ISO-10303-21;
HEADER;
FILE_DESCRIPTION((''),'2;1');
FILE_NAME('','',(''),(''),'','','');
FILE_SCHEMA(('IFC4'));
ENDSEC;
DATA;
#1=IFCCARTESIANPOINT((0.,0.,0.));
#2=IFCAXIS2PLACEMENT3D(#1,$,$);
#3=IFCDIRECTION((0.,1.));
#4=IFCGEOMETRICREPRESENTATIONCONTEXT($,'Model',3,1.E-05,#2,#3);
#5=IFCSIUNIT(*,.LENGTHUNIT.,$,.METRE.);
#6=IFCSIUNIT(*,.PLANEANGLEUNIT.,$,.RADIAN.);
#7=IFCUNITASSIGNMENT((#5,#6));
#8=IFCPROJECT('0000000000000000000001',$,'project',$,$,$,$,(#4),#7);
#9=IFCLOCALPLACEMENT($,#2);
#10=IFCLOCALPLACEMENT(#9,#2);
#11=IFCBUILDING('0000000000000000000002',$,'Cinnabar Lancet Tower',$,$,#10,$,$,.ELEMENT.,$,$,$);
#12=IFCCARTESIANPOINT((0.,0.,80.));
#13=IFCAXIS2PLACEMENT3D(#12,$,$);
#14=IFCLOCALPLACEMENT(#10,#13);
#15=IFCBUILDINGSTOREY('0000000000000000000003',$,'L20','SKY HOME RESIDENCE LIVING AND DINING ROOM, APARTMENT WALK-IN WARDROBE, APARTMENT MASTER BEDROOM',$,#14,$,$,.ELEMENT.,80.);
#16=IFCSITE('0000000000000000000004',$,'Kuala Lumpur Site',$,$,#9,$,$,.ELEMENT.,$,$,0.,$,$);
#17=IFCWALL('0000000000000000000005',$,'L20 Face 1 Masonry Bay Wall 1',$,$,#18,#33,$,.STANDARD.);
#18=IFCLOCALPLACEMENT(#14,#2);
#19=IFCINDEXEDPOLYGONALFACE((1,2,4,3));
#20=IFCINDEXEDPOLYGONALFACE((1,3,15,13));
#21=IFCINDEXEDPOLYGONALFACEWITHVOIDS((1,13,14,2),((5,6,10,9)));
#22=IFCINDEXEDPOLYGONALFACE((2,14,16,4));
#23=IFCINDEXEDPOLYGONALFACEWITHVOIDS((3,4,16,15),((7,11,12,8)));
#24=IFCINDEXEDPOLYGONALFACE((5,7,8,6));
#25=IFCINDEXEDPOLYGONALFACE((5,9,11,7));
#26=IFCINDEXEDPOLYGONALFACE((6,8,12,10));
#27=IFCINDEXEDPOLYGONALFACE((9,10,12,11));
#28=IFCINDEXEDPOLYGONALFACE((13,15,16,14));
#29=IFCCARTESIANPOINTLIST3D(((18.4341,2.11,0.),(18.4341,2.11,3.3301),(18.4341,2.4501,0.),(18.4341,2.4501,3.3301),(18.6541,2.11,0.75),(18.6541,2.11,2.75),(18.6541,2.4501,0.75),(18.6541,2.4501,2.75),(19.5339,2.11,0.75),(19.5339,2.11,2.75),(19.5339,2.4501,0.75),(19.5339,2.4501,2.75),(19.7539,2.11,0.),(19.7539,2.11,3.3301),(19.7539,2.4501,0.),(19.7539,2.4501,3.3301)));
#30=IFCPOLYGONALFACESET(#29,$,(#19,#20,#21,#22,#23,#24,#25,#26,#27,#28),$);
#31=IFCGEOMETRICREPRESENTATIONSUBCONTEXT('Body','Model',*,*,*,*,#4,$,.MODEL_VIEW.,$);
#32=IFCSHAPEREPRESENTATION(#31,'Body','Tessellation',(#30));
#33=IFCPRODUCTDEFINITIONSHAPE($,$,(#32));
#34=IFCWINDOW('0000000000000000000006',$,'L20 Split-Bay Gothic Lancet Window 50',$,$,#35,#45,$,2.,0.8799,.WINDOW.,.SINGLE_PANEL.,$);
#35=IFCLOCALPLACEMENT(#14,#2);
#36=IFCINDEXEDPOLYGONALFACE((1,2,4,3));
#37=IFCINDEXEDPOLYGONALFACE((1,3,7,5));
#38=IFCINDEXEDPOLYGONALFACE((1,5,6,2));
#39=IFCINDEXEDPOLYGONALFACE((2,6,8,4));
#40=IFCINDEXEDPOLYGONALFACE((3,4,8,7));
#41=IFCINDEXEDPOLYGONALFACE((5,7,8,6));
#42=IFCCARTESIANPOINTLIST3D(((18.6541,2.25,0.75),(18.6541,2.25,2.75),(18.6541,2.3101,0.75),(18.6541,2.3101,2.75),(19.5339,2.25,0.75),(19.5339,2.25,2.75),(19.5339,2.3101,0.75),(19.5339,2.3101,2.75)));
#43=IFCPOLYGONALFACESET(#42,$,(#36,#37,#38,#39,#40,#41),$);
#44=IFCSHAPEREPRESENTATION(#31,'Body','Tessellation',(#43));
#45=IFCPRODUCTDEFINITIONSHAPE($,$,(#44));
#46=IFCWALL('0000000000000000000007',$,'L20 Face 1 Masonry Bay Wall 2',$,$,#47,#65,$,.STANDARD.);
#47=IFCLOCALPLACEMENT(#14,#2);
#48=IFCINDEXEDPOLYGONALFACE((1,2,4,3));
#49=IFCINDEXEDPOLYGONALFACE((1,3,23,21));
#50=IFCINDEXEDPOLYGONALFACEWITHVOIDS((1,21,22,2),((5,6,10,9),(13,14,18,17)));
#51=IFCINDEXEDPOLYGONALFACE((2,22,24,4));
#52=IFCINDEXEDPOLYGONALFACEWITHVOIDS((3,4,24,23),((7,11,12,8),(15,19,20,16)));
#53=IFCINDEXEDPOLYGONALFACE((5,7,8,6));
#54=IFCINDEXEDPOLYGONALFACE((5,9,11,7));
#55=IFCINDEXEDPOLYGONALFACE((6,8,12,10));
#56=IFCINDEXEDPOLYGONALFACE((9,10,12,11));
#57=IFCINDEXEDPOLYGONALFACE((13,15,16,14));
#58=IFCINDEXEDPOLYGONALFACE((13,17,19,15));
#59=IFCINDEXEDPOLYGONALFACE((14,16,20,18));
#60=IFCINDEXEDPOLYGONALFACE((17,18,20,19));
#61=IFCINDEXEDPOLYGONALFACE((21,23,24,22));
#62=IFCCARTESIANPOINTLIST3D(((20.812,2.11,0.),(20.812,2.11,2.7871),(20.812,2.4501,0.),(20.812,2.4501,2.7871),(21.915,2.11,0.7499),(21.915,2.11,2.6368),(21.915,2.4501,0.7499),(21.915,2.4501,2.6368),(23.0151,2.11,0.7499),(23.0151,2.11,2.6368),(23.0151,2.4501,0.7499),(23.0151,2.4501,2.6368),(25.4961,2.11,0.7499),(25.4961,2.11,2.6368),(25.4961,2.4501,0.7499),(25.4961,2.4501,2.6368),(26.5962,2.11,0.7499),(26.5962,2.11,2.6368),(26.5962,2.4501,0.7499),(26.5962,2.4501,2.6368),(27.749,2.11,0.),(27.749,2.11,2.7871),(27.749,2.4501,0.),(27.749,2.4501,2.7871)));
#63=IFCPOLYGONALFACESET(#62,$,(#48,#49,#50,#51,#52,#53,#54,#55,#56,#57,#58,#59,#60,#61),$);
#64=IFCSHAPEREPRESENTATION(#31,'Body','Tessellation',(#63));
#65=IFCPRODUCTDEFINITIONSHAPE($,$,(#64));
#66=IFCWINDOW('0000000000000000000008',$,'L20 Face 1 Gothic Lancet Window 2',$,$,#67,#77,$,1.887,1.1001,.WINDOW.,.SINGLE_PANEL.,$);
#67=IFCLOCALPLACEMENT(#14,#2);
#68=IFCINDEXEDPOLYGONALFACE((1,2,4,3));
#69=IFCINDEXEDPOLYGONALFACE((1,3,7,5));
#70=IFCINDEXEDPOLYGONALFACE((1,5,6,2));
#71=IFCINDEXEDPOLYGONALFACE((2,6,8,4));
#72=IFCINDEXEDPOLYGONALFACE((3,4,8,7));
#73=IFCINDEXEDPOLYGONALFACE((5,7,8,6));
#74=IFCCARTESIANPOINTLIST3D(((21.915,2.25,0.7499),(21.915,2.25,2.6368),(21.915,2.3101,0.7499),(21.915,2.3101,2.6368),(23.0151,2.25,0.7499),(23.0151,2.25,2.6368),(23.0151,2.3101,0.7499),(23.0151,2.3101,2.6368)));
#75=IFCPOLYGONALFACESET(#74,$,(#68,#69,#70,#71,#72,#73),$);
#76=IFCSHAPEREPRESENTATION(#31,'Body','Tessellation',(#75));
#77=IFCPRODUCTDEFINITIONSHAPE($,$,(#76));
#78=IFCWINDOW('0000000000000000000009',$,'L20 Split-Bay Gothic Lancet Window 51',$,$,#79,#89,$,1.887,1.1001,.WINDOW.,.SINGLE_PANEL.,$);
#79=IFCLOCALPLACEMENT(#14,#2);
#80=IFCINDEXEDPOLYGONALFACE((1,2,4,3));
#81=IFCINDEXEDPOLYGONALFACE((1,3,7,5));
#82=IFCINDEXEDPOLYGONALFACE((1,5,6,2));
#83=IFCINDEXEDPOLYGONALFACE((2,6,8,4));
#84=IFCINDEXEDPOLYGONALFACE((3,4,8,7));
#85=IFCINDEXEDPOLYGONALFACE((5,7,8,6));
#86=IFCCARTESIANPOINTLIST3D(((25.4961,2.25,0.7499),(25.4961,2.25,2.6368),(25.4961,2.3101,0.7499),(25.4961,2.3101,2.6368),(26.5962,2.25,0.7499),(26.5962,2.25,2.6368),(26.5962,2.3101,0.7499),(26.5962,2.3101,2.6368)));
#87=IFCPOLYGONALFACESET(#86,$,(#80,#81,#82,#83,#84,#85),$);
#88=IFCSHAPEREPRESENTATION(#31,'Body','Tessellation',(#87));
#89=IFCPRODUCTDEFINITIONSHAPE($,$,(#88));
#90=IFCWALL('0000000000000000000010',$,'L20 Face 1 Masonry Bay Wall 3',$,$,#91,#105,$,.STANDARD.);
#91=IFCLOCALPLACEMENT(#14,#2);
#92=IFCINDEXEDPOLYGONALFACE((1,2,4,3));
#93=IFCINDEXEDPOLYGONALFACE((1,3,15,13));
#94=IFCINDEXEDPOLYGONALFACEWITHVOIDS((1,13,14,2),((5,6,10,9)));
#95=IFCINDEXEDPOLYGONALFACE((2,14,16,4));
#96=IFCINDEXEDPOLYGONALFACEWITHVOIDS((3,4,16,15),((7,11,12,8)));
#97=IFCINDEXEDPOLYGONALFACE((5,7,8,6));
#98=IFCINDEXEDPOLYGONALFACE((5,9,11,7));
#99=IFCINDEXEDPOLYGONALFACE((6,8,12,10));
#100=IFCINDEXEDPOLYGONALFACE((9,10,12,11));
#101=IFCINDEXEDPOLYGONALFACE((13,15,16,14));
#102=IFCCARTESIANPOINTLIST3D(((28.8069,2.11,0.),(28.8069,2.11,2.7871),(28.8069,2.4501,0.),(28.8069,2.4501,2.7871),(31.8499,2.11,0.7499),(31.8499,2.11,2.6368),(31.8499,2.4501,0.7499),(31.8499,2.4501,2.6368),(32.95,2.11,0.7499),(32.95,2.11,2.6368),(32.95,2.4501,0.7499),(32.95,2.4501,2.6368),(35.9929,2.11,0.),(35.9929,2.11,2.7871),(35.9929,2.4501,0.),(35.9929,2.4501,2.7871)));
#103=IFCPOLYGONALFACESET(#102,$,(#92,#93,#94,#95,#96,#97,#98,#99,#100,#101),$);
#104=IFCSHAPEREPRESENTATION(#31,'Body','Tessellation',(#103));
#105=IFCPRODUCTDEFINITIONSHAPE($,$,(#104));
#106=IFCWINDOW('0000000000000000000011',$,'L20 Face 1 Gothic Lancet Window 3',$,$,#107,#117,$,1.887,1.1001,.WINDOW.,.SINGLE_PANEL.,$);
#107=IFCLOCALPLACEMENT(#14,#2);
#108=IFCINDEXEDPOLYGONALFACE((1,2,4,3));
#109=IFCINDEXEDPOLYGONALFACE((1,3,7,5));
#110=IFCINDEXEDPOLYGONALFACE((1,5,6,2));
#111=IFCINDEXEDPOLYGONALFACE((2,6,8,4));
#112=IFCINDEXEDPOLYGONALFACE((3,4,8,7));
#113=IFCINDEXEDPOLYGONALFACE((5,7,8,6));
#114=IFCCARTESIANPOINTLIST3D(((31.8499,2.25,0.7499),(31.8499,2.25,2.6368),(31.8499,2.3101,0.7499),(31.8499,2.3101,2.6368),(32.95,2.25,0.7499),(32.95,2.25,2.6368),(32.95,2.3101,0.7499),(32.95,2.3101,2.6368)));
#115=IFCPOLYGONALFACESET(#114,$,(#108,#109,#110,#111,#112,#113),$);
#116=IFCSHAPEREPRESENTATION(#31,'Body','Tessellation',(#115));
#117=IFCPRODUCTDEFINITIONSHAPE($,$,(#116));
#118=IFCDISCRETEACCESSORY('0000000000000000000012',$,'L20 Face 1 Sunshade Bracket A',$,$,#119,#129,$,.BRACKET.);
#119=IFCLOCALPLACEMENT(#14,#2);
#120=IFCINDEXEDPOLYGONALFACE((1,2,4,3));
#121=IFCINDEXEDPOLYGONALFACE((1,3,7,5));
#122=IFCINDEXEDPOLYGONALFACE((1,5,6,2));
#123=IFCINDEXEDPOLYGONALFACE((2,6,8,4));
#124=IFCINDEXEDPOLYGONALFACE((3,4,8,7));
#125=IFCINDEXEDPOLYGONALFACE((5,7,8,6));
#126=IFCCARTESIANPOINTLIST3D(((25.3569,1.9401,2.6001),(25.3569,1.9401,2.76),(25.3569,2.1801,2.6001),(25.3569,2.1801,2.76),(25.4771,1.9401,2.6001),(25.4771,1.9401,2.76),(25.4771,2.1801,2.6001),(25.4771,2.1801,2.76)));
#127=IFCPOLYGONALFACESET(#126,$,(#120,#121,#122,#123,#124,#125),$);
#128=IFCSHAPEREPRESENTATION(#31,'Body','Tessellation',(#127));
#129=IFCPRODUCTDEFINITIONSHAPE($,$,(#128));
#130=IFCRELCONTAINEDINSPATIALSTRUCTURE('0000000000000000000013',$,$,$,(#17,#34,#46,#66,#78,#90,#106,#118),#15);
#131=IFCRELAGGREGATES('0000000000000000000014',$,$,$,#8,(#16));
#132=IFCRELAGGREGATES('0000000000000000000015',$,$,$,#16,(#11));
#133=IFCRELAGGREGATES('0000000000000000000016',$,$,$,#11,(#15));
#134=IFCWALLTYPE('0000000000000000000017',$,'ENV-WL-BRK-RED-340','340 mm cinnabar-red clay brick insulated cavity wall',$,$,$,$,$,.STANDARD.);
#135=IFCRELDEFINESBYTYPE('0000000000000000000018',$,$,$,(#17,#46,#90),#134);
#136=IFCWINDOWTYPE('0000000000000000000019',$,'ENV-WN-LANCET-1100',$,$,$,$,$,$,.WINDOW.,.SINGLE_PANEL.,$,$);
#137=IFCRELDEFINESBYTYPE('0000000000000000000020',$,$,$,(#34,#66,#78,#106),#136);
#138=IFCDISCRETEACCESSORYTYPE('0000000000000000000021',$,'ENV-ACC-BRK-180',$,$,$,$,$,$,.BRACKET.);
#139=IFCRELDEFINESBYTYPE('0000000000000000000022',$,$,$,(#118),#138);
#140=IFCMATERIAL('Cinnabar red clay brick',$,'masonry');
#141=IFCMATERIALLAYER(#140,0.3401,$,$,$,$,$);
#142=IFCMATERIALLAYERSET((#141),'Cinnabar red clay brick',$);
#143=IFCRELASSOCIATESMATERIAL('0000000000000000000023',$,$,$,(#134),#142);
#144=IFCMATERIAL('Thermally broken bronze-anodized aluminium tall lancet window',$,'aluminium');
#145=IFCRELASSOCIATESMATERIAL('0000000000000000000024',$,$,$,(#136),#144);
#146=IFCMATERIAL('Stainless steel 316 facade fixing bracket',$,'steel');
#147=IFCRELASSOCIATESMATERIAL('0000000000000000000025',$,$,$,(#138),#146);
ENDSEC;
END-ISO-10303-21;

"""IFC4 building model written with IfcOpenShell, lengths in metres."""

from ifc_helpers import new_model, si_unit, direction, frame, frame_2d, origin, origin_2d, place, context, subcontext, project, spatial, rectangle, extrude, material, layer, layer_set, type_object, element, fill, save


model = new_model("IFC4")

# Units and contexts
model_context = context("Model", 3, precision=1e-05, world=origin(), true_north=direction((0.0, 1.0)))
body_context = subcontext(model_context, "Body", "Model", "MODEL_VIEW")
ifc_project = project(units=[si_unit("LENGTHUNIT", "METRE"), si_unit("PLANEANGLEUNIT", "RADIAN")], contexts=[model_context])

# Site, building, storey
site_placement = place(None, origin())
site = spatial("IfcSite", under=ifc_project, at=site_placement, Name="Kuala Lumpur Site", CompositionType="ELEMENT", RefElevation=0.0)
building_placement = place(site_placement, origin())
building = spatial("IfcBuilding", under=site, at=building_placement, Name="Cinnabar Lancet Tower", CompositionType="ELEMENT")
storey_placement = place(building_placement, frame((0.0, 0.0, 80.0)))
storey = spatial("IfcBuildingStorey", under=building, at=storey_placement, Name="L20", Description="SKY HOME RESIDENCE LIVING AND DINING ROOM, APARTMENT WALK-IN WARDROBE, APARTMENT MASTER BEDROOM", CompositionType="ELEMENT", Elevation=80.0)

# Wall, opening, window
ifc_material_1 = material(Name="Cinnabar red clay brick", Category="masonry")
ifc_layer_1 = layer(ifc_material_1, 0.3401)
ifc_layer_set_1 = layer_set([ifc_layer_1], Name="Cinnabar red clay brick")
wall_type_1 = type_object("IfcWallType", Name="ENV-WL-BRK-RED-340", Description="340 mm cinnabar-red clay brick insulated cavity wall", PredefinedType="STANDARD", material=ifc_layer_set_1)
wall_1_placement = place(storey_placement, frame((18.4341, 2.28, 0.0), z_axis=(0.0, 0.0, 1.0), x_axis=(1.0, 0.0, 0.0)))
wall_1 = element("IfcWall", 1, at=wall_1_placement, inside=storey, type_object=wall_type_1, Name="L20 Face 1 Masonry Bay Wall 1", PredefinedType="STANDARD", context=body_context, shape_type="SweptSolid", body=[
    extrude(rectangle(XDim=1.3198, YDim=0.3401, at=frame_2d((0.6599, 0.0))), origin(), (0.0, 0.0, 1.0), 3.3301),
])
opening_1_placement = place(wall_1_placement, frame((0.22, 0.0, 0.75)))
opening_1 = element("IfcOpeningElement", 2, at=opening_1_placement, cuts=wall_1, PredefinedType="OPENING", context=body_context, shape_type="SweptSolid", body=[
    extrude(rectangle(XDim=0.8799, YDim=2.0, at=frame_2d((0.4399, 1.0))), frame((0.0, 0.1799, 0.0), z_axis=(0.0, -1.0, 0.0), x_axis=(1.0, 0.0, 0.0)), (0.0, 0.0, 1.0), 0.3601),
])
ifc_material_2 = material(Name="Thermally broken bronze-anodized aluminium tall lancet window", Category="aluminium")
window_type = type_object("IfcWindowType", Name="ENV-WN-LANCET-1100", PartitioningType="SINGLE_PANEL", PredefinedType="WINDOW", material=ifc_material_2)
window_1_placement = place(opening_1_placement, origin())
window_1 = element("IfcWindow", 3, at=window_1_placement, inside=storey, type_object=window_type, Name="L20 Split-Bay Gothic Lancet Window 50", OverallHeight=2.0, OverallWidth=0.8799, PartitioningType="SINGLE_PANEL", PredefinedType="WINDOW", context=body_context, shape_type="SweptSolid", body=[
    extrude(rectangle(XDim=0.8799, YDim=2.0, at=frame_2d((0.4399, 1.0))), frame((0.0, 0.03, 0.0), z_axis=(0.0, -1.0, 0.0), x_axis=(1.0, 0.0, 0.0)), (0.0, 0.0, 1.0), 0.0601),
])
fill(opening_1, window_1)

# Wall, openings, windows
wall_2_placement = place(storey_placement, frame((20.812, 2.28, 0.0), z_axis=(0.0, 0.0, 1.0), x_axis=(1.0, 0.0, 0.0)))
wall_2 = element("IfcWall", 4, at=wall_2_placement, inside=storey, type_object=wall_type_1, Name="L20 Face 1 Masonry Bay Wall 2", PredefinedType="STANDARD", context=body_context, shape_type="SweptSolid", body=[
    extrude(rectangle(XDim=6.937, YDim=0.3401, at=frame_2d((3.4685, 0.0))), origin(), (0.0, 0.0, 1.0), 2.7871),
])
opening_2_placement = place(wall_2_placement, frame((1.103, 0.0, 0.75)))
opening_2 = element("IfcOpeningElement", 5, at=opening_2_placement, cuts=wall_2, PredefinedType="OPENING", context=body_context, shape_type="SweptSolid", body=[
    extrude(rectangle(XDim=1.1001, YDim=1.887, at=frame_2d((0.55, 0.9434))), frame((0.0, 0.1799, 0.0), z_axis=(0.0, -1.0, 0.0), x_axis=(1.0, 0.0, 0.0)), (0.0, 0.0, 1.0), 0.3601),
])
opening_3_placement = place(wall_2_placement, frame((4.6841, 0.0, 0.75)))
opening_3 = element("IfcOpeningElement", 6, at=opening_3_placement, cuts=wall_2, PredefinedType="OPENING", context=body_context, shape_type="SweptSolid", body=[
    extrude(rectangle(XDim=1.1001, YDim=1.887, at=frame_2d((0.55, 0.9434))), frame((0.0, 0.1799, 0.0), z_axis=(0.0, -1.0, 0.0), x_axis=(1.0, 0.0, 0.0)), (0.0, 0.0, 1.0), 0.3601),
])
window_2_placement = place(opening_2_placement, origin())
window_2 = element("IfcWindow", 7, at=window_2_placement, inside=storey, type_object=window_type, Name="L20 Face 1 Gothic Lancet Window 2", OverallHeight=1.887, OverallWidth=1.1001, PartitioningType="SINGLE_PANEL", PredefinedType="WINDOW", context=body_context, shape_type="SweptSolid", body=[
    extrude(rectangle(XDim=1.1001, YDim=1.887, at=frame_2d((0.55, 0.9434))), frame((0.0, 0.03, 0.0), z_axis=(0.0, -1.0, 0.0), x_axis=(1.0, 0.0, 0.0)), (0.0, 0.0, 1.0), 0.0601),
])
fill(opening_2, window_2)
window_3_placement = place(opening_3_placement, origin())
window_3 = element("IfcWindow", 8, at=window_3_placement, inside=storey, type_object=window_type, Name="L20 Split-Bay Gothic Lancet Window 51", OverallHeight=1.887, OverallWidth=1.1001, PartitioningType="SINGLE_PANEL", PredefinedType="WINDOW", context=body_context, shape_type="SweptSolid", body=[
    extrude(rectangle(XDim=1.1001, YDim=1.887, at=frame_2d((0.55, 0.9434))), frame((0.0, 0.03, 0.0), z_axis=(0.0, -1.0, 0.0), x_axis=(1.0, 0.0, 0.0)), (0.0, 0.0, 1.0), 0.0601),
])
fill(opening_3, window_3)

# Wall, opening, window
wall_3_placement = place(storey_placement, frame((28.8069, 2.28, 0.0), z_axis=(0.0, 0.0, 1.0), x_axis=(1.0, 0.0, 0.0)))
wall_3 = element("IfcWall", 9, at=wall_3_placement, inside=storey, type_object=wall_type_1, Name="L20 Face 1 Masonry Bay Wall 3", PredefinedType="STANDARD", context=body_context, shape_type="SweptSolid", body=[
    extrude(rectangle(XDim=7.186, YDim=0.3401, at=frame_2d((3.593, 0.0))), origin(), (0.0, 0.0, 1.0), 2.7871),
])
opening_4_placement = place(wall_3_placement, frame((3.043, 0.0, 0.75)))
opening_4 = element("IfcOpeningElement", 10, at=opening_4_placement, cuts=wall_3, PredefinedType="OPENING", context=body_context, shape_type="SweptSolid", body=[
    extrude(rectangle(XDim=1.1001, YDim=1.887, at=frame_2d((0.55, 0.9434))), frame((0.0, 0.1799, 0.0), z_axis=(0.0, -1.0, 0.0), x_axis=(1.0, 0.0, 0.0)), (0.0, 0.0, 1.0), 0.3601),
])
window_4_placement = place(opening_4_placement, origin())
window_4 = element("IfcWindow", 11, at=window_4_placement, inside=storey, type_object=window_type, Name="L20 Face 1 Gothic Lancet Window 3", OverallHeight=1.887, OverallWidth=1.1001, PartitioningType="SINGLE_PANEL", PredefinedType="WINDOW", context=body_context, shape_type="SweptSolid", body=[
    extrude(rectangle(XDim=1.1001, YDim=1.887, at=frame_2d((0.55, 0.9434))), frame((0.0, 0.03, 0.0), z_axis=(0.0, -1.0, 0.0), x_axis=(1.0, 0.0, 0.0)), (0.0, 0.0, 1.0), 0.0601),
])
fill(opening_4, window_4)

# Discrete accessory
ifc_material_3 = material(Name="Stainless steel 316 facade fixing bracket", Category="steel")
discrete_accessory_type = type_object("IfcDiscreteAccessoryType", Name="ENV-ACC-BRK-180", PredefinedType="BRACKET", material=ifc_material_3)
discrete_accessory_placement = place(storey_placement, frame((25.417, 2.0601, 2.6001), z_axis=(0.0, 0.0, 1.0), x_axis=(1.0, 0.0, 0.0)))
element("IfcDiscreteAccessory", 12, at=discrete_accessory_placement, inside=storey, type_object=discrete_accessory_type, Name="L20 Face 1 Sunshade Bracket A", PredefinedType="BRACKET", context=body_context, shape_type="SweptSolid", body=[
    extrude(rectangle(XDim=0.1201, YDim=0.24, at=origin_2d()), origin(), (0.0, 0.0, 1.0), 0.1599),
])

save(model, "model.ifc")
